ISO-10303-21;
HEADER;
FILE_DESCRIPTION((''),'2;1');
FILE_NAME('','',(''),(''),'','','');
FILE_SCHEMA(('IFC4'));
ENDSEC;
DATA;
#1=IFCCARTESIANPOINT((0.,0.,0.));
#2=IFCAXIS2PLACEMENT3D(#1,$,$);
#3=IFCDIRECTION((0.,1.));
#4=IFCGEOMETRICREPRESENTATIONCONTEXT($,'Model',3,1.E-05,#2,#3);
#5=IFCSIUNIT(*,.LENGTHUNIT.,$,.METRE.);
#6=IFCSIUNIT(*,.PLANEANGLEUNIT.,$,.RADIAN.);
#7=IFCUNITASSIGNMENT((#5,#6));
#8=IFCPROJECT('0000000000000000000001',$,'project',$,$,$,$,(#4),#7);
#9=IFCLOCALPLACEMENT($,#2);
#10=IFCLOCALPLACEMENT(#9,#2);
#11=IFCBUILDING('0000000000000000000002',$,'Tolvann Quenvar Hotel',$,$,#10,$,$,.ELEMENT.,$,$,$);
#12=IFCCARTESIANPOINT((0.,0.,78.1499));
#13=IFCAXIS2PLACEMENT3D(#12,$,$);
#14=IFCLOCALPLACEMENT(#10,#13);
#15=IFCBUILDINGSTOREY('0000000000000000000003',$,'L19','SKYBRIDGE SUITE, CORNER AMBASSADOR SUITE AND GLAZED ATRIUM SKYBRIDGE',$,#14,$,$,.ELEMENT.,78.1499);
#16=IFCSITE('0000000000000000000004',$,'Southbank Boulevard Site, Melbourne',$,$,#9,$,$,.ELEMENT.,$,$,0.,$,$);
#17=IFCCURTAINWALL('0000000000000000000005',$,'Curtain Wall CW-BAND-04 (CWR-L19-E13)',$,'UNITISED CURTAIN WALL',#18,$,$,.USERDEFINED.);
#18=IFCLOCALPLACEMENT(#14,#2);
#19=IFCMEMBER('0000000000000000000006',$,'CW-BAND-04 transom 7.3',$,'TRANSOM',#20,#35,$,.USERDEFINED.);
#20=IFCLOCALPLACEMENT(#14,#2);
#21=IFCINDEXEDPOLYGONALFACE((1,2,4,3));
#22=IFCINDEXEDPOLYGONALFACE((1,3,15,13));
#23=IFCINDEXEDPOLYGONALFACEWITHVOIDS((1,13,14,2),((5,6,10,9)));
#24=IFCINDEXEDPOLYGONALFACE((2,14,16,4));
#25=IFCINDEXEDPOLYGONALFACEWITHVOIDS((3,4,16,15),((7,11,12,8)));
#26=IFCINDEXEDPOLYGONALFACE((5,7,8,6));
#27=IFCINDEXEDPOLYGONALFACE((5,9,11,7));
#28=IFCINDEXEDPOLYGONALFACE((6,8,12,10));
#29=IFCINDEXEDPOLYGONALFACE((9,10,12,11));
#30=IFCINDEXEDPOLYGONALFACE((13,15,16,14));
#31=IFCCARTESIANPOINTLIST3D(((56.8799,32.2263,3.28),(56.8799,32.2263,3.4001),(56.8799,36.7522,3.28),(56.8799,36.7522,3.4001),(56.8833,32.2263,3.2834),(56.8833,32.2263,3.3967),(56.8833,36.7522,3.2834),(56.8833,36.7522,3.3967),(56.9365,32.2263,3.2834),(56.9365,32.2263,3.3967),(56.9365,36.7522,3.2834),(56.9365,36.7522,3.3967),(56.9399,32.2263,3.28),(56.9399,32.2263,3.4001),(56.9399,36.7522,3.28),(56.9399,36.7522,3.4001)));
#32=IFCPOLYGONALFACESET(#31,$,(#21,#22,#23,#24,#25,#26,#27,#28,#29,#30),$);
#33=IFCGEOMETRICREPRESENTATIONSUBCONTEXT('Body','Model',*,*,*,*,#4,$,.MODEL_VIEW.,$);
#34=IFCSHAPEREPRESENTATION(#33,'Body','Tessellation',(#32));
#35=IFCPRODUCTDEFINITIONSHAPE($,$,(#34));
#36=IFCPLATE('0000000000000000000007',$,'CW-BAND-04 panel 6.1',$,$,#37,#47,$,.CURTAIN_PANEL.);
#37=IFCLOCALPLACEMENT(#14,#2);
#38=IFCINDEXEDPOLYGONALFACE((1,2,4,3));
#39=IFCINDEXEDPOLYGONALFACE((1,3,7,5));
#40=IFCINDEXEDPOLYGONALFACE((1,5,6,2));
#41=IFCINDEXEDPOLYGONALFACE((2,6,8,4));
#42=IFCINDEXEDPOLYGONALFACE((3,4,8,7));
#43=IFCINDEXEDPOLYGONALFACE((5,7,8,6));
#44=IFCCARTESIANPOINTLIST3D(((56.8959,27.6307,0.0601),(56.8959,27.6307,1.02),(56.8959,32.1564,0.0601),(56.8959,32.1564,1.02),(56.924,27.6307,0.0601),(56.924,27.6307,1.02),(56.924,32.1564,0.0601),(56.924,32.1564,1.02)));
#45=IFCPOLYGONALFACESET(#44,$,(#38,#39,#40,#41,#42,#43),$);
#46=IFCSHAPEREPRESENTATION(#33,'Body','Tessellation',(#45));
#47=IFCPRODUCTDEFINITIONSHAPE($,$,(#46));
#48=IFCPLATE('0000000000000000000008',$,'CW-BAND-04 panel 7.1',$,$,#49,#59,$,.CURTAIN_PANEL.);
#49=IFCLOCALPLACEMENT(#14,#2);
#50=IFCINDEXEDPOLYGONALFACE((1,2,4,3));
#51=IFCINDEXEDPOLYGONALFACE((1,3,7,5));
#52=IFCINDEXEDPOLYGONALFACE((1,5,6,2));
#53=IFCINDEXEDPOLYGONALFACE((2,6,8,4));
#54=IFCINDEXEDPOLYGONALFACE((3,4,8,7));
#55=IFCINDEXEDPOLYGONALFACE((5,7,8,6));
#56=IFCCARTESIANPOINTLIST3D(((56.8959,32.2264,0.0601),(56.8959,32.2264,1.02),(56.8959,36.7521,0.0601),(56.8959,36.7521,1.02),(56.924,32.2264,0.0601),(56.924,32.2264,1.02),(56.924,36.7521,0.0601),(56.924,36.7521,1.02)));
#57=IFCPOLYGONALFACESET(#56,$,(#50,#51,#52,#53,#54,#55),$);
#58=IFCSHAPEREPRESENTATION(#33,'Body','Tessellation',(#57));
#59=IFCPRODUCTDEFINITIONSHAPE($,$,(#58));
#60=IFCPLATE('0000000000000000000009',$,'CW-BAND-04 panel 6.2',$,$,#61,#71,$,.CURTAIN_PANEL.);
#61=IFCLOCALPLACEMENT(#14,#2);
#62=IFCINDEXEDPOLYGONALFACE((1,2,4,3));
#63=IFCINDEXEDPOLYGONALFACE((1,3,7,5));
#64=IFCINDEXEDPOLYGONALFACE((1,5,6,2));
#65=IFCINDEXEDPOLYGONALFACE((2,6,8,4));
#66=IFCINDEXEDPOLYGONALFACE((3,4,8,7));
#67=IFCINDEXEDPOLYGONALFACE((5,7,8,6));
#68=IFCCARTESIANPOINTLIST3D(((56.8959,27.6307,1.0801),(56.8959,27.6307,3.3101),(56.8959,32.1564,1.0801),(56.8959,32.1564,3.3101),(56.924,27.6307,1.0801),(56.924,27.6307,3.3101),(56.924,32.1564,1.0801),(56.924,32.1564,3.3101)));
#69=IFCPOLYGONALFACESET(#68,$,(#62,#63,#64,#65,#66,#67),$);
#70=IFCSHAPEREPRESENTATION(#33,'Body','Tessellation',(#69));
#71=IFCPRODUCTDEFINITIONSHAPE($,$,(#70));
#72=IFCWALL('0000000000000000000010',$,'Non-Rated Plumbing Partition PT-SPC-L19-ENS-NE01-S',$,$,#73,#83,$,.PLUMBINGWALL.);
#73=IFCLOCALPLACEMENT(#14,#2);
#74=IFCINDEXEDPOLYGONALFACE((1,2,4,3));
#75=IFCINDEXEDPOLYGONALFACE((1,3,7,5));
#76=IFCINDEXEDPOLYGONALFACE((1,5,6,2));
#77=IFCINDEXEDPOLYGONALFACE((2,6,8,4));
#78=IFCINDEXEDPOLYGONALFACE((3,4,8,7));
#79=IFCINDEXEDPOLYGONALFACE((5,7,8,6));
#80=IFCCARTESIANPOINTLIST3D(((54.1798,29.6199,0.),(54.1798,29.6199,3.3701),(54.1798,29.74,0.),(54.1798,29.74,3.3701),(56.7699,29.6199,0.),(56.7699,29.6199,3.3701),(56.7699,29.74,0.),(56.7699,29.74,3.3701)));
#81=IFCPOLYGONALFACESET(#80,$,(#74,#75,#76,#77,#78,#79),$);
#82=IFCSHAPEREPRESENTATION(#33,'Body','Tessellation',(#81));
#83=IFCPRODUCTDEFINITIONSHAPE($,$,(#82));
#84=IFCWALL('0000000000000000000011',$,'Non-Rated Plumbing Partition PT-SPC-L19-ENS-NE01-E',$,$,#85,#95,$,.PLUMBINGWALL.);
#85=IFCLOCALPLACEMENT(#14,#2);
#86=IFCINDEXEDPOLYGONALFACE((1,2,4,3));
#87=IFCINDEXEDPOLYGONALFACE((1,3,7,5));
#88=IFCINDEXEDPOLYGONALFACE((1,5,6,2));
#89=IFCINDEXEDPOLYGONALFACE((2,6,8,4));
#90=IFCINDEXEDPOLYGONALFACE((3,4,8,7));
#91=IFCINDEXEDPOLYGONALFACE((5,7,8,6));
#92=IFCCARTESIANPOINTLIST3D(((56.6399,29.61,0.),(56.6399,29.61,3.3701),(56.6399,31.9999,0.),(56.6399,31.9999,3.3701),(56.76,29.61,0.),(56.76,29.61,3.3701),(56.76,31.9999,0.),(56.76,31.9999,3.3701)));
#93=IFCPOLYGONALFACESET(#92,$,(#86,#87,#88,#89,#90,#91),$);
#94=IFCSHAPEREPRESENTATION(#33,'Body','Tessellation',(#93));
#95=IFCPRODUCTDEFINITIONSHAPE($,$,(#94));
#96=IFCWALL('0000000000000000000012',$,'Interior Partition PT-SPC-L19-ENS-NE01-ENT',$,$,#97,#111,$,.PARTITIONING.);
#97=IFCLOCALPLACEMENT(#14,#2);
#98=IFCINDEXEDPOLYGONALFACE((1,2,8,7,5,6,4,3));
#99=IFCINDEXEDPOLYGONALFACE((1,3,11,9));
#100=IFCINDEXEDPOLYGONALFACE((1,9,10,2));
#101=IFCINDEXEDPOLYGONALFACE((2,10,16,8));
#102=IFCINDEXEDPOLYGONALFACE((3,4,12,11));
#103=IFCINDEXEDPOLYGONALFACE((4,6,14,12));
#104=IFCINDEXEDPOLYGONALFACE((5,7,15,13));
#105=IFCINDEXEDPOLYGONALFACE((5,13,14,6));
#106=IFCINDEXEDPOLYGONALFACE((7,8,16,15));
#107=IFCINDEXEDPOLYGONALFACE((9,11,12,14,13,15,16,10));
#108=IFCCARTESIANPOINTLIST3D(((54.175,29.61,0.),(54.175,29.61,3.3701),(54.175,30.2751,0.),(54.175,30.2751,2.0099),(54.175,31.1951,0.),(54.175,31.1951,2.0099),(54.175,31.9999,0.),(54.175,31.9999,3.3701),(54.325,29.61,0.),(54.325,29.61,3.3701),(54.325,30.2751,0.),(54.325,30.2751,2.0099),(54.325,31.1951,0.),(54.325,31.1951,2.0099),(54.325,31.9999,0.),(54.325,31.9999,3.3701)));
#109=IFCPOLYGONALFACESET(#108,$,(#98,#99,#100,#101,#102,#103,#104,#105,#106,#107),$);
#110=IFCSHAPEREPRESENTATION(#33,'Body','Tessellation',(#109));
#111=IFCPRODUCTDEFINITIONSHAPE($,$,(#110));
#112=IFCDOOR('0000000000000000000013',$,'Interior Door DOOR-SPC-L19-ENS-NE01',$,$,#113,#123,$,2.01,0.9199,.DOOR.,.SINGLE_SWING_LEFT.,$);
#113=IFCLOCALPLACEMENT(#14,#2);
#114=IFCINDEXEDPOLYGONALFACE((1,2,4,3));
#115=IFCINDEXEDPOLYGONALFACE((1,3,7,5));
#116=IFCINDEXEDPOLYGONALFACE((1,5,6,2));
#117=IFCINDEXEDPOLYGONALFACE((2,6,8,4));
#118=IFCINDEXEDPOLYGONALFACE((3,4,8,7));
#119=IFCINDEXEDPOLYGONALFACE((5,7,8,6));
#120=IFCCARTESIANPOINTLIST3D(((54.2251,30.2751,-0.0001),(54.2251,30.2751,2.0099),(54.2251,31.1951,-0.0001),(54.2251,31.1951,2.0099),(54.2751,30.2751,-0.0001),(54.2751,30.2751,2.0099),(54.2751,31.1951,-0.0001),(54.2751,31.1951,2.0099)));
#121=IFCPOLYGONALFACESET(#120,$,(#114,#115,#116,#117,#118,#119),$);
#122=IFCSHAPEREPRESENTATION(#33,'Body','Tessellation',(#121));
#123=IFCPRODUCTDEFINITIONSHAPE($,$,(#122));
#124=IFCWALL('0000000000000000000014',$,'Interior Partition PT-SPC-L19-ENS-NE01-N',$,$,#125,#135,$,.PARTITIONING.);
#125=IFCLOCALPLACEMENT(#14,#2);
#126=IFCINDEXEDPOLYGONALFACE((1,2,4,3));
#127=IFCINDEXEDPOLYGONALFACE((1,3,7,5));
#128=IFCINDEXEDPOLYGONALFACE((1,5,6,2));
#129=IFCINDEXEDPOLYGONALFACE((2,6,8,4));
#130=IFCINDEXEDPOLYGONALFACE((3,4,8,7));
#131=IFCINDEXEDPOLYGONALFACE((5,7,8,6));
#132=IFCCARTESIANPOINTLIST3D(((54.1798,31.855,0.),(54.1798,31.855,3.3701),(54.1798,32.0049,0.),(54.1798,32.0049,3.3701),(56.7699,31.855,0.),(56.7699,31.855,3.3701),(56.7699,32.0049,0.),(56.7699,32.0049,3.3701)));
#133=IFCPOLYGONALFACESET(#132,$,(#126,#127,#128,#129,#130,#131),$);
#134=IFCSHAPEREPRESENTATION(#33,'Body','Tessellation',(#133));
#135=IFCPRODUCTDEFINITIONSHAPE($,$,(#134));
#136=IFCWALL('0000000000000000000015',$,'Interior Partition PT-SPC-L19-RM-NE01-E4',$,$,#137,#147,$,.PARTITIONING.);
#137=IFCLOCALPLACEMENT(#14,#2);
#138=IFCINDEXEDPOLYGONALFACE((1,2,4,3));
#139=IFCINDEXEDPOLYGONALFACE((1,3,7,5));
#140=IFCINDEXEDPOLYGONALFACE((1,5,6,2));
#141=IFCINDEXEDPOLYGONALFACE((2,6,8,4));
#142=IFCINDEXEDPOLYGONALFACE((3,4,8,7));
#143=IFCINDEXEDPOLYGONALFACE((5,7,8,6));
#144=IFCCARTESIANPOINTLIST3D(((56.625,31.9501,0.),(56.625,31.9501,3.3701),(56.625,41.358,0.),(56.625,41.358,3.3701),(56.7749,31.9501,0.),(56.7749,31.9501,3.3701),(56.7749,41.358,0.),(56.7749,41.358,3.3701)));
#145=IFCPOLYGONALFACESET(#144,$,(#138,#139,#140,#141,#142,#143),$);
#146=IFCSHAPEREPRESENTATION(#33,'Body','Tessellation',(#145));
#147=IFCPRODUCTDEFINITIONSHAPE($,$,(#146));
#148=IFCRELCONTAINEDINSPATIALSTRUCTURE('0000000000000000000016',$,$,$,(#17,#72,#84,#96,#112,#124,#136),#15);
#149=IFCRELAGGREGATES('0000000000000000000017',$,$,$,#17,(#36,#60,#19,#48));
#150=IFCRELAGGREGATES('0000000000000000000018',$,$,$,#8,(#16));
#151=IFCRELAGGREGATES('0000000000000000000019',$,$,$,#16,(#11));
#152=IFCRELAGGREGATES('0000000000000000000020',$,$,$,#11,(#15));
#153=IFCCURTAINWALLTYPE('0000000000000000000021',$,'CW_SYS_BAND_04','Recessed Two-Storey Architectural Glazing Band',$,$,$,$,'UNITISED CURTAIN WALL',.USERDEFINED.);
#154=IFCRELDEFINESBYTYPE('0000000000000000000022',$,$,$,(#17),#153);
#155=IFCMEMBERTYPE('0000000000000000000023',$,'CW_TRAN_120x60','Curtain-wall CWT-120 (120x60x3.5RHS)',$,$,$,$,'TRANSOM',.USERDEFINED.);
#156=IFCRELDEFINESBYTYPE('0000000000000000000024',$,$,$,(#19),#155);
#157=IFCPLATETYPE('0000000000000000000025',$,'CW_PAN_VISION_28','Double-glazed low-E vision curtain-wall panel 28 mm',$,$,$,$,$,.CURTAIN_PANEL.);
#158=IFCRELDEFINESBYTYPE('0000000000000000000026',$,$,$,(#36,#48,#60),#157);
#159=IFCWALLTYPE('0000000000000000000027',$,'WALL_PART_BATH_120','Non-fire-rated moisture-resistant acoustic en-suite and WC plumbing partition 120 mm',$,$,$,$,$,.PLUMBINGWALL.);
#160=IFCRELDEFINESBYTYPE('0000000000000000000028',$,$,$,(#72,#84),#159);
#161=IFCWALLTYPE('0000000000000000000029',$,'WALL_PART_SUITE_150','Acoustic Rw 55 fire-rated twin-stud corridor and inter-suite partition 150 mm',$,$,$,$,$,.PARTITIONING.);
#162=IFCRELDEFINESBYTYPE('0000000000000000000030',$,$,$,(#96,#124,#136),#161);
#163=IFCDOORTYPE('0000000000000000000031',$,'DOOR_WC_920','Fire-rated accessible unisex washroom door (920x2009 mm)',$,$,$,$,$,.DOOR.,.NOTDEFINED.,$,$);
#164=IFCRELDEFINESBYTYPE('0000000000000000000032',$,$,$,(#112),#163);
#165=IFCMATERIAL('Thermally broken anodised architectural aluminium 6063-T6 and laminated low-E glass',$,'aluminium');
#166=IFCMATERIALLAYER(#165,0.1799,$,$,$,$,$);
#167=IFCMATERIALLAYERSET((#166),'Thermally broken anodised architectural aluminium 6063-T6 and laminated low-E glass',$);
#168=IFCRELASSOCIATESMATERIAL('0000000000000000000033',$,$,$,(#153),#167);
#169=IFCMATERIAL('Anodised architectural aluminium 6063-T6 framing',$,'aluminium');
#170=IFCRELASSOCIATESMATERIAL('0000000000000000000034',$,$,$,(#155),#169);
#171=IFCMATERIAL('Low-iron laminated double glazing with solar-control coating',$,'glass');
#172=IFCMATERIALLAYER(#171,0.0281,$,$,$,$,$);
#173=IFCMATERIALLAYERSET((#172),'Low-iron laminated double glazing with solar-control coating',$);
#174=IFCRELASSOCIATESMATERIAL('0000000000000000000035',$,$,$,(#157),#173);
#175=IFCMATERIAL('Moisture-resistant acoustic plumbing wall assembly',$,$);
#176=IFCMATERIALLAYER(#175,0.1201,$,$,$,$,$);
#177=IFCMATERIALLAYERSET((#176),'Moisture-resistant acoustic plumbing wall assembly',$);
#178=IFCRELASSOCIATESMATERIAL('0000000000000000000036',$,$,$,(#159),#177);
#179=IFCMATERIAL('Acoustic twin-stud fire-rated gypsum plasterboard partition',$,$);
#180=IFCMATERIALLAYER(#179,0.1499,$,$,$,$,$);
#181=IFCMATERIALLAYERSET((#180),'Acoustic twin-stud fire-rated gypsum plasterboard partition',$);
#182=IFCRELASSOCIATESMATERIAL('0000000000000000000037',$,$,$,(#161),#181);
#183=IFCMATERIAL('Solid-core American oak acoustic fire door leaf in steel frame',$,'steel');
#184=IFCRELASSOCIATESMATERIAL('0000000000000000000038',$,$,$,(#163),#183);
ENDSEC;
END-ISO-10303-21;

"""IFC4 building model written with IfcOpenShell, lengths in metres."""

from ifc_helpers import new_model, si_unit, direction, frame, frame_2d, origin, origin_2d, place, context, subcontext, project, spatial, rectangle, hollow_rectangle, extrude, source, transform, mapped, material, layer, layer_set, material_profile, profile_set, type_object, type_shapes, element, fill, aggregate, save


model = new_model("IFC4")

# Units and contexts
model_context = context("Model", 3, precision=1e-05, world=origin(), true_north=direction((0.0, 1.0)))
body_context = subcontext(model_context, "Body", "Model", "MODEL_VIEW")
ifc_project = project(units=[si_unit("LENGTHUNIT", "METRE"), si_unit("PLANEANGLEUNIT", "RADIAN")], contexts=[model_context])

# Site, building, storey
site_placement = place(None, origin())
site = spatial("IfcSite", under=ifc_project, at=site_placement, Name="Southbank Boulevard Site, Melbourne", CompositionType="ELEMENT", RefElevation=0.0)
building_placement = place(site_placement, origin())
building = spatial("IfcBuilding", under=site, at=building_placement, Name="Tolvann Quenvar Hotel", CompositionType="ELEMENT")
storey_placement = place(building_placement, frame((0.0, 0.0, 78.1499)))
storey = spatial("IfcBuildingStorey", under=building, at=storey_placement, Name="L19", Description="SKYBRIDGE SUITE, CORNER AMBASSADOR SUITE AND GLAZED ATRIUM SKYBRIDGE", CompositionType="ELEMENT", Elevation=78.1499)

# Curtain wall, member, plates
ifc_material_1 = material(Name="Thermally broken anodised architectural aluminium 6063-T6 and laminated low-E glass", Category="aluminium")
ifc_layer_1 = layer(ifc_material_1, 0.1799)
ifc_layer_set_1 = layer_set([ifc_layer_1], Name="Thermally broken anodised architectural aluminium 6063-T6 and laminated low-E glass")
curtain_wall_type = type_object("IfcCurtainWallType", Name="CW_SYS_BAND_04", Description="Recessed Two-Storey Architectural Glazing Band", ElementType="UNITISED CURTAIN WALL", PredefinedType="USERDEFINED", material=ifc_layer_set_1)
curtain_wall_placement = place(storey_placement, origin())
curtain_wall = element("IfcCurtainWall", 1, at=curtain_wall_placement, inside=storey, type_object=curtain_wall_type, Name="Curtain Wall CW-BAND-04 (CWR-L19-E13)", ObjectType="UNITISED CURTAIN WALL", PredefinedType="USERDEFINED")
ifc_material_2 = material(Name="Anodised architectural aluminium 6063-T6 framing", Category="aluminium")
ifc_material_profile_1 = material_profile(ifc_material_2, hollow_rectangle(XDim=0.0601, YDim=0.1201, WallThickness=0.0034, at=origin_2d()), Name="120x60x3.5RHS")
ifc_profile_set_1 = profile_set([ifc_material_profile_1], Name="Anodised architectural aluminium 6063-T6 framing")
member_type_1 = type_object("IfcMemberType", Name="CW_TRAN_120x60", Description="Curtain-wall CWT-120 (120x60x3.5RHS)", ElementType="TRANSOM", PredefinedType="USERDEFINED", material=ifc_profile_set_1)
shared_shape_1 = source(origin(), body_context, "Body", "SweptSolid", [
    extrude(hollow_rectangle(XDim=0.0601, YDim=0.1201, WallThickness=0.0034, at=origin_2d()), origin(), (0.0, 0.0, 1.0), 4.5259),
])
type_shapes(member_type_1, [shared_shape_1])
member_1_placement = place(storey_placement, frame((56.9099, 32.2263, 3.3401), z_axis=(0.0, 1.0, 0.0), x_axis=(-1.0, 0.0, 0.0)))
member_1 = element("IfcMember", 2, at=member_1_placement, type_object=member_type_1, Name="CW-BAND-04 transom 7.3", ObjectType="TRANSOM", PredefinedType="USERDEFINED", context=body_context, shape_type="MappedRepresentation", body=[
    mapped(shared_shape_1, transform((0.0, 0.0, 0.0), x_axis=(1.0, 0.0, 0.0), y_axis=(0.0, 1.0, 0.0), z_axis=(0.0, 0.0, 1.0), scale=1.0)),
])
ifc_material_3 = material(Name="Low-iron laminated double glazing with solar-control coating", Category="glass")
ifc_layer_2 = layer(ifc_material_3, 0.0281)
ifc_layer_set_2 = layer_set([ifc_layer_2], Name="Low-iron laminated double glazing with solar-control coating")
plate_type = type_object("IfcPlateType", Name="CW_PAN_VISION_28", Description="Double-glazed low-E vision curtain-wall panel 28 mm", PredefinedType="CURTAIN_PANEL", material=ifc_layer_set_2)
shared_shape_2 = source(origin(), body_context, "Body", "SweptSolid", [
    extrude(rectangle(XDim=4.5256, YDim=0.0281, at=origin_2d()), origin(), (0.0, 0.0, 1.0), 0.96),
])
plate_1_placement = place(storey_placement, frame((56.9099, 29.8936, 0.0601), z_axis=(0.0, 0.0, 1.0), x_axis=(0.0, 1.0, 0.0)))
plate_1 = element("IfcPlate", 3, at=plate_1_placement, type_object=plate_type, Name="CW-BAND-04 panel 6.1", PredefinedType="CURTAIN_PANEL", context=body_context, shape_type="MappedRepresentation", body=[
    mapped(shared_shape_2, transform((0.0, 0.0, 0.0), x_axis=(1.0, 0.0, 0.0), y_axis=(0.0, 1.0, 0.0), z_axis=(0.0, 0.0, 1.0), scale=1.0)),
])
plate_2_placement = place(storey_placement, frame((56.9099, 34.4893, 0.0601), z_axis=(0.0, 0.0, 1.0), x_axis=(0.0, 1.0, 0.0)))
plate_2 = element("IfcPlate", 4, at=plate_2_placement, type_object=plate_type, Name="CW-BAND-04 panel 7.1", PredefinedType="CURTAIN_PANEL", context=body_context, shape_type="MappedRepresentation", body=[
    mapped(shared_shape_2, transform((0.0, 0.0, 0.0), x_axis=(1.0, 0.0, 0.0), y_axis=(0.0, 1.0, 0.0), z_axis=(0.0, 0.0, 1.0), scale=1.0)),
])
shared_shape_3 = source(origin(), body_context, "Body", "SweptSolid", [
    extrude(rectangle(XDim=4.5256, YDim=0.0281, at=origin_2d()), origin(), (0.0, 0.0, 1.0), 2.23),
])
type_shapes(plate_type, [shared_shape_2, shared_shape_3])
plate_3_placement = place(storey_placement, frame((56.9099, 29.8936, 1.0801), z_axis=(0.0, 0.0, 1.0), x_axis=(0.0, 1.0, 0.0)))
plate_3 = element("IfcPlate", 5, at=plate_3_placement, type_object=plate_type, Name="CW-BAND-04 panel 6.2", PredefinedType="CURTAIN_PANEL", context=body_context, shape_type="MappedRepresentation", body=[
    mapped(shared_shape_3, transform((0.0, 0.0, 0.0), x_axis=(1.0, 0.0, 0.0), y_axis=(0.0, 1.0, 0.0), z_axis=(0.0, 0.0, 1.0), scale=1.0)),
])
aggregate(curtain_wall, [plate_1, plate_3, member_1, plate_2])

# Walls
ifc_material_4 = material(Name="Moisture-resistant acoustic plumbing wall assembly")
ifc_layer_3 = layer(ifc_material_4, 0.1201)
ifc_layer_set_3 = layer_set([ifc_layer_3], Name="Moisture-resistant acoustic plumbing wall assembly")
wall_type_1 = type_object("IfcWallType", Name="WALL_PART_BATH_120", Description="Non-fire-rated moisture-resistant acoustic en-suite and WC plumbing partition 120 mm", PredefinedType="PLUMBINGWALL", material=ifc_layer_set_3)
wall_1_placement = place(storey_placement, frame((54.1799, 29.6799, 0.0), z_axis=(0.0, 0.0, 1.0), x_axis=(1.0, 0.0, 0.0)))
element("IfcWall", 6, at=wall_1_placement, inside=storey, type_object=wall_type_1, Name="Non-Rated Plumbing Partition PT-SPC-L19-ENS-NE01-S", PredefinedType="PLUMBINGWALL", context=body_context, shape_type="SweptSolid", body=[
    extrude(rectangle(XDim=2.5901, YDim=0.1201, at=frame_2d((1.2949, 0.0))), origin(), (0.0, 0.0, 1.0), 3.3701),
])
wall_2_placement = place(storey_placement, frame((56.7, 29.6101, 0.0), z_axis=(0.0, 0.0, 1.0), x_axis=(0.0, 1.0, 0.0)))
element("IfcWall", 7, at=wall_2_placement, inside=storey, type_object=wall_type_1, Name="Non-Rated Plumbing Partition PT-SPC-L19-ENS-NE01-E", PredefinedType="PLUMBINGWALL", context=body_context, shape_type="SweptSolid", body=[
    extrude(rectangle(XDim=2.3899, YDim=0.1201, at=frame_2d((1.1948, 0.0))), origin(), (0.0, 0.0, 1.0), 3.3701),
])

# Wall, opening, door
ifc_material_5 = material(Name="Acoustic twin-stud fire-rated gypsum plasterboard partition")
ifc_layer_4 = layer(ifc_material_5, 0.1499)
ifc_layer_set_4 = layer_set([ifc_layer_4], Name="Acoustic twin-stud fire-rated gypsum plasterboard partition")
wall_type_2 = type_object("IfcWallType", Name="WALL_PART_SUITE_150", Description="Acoustic Rw 55 fire-rated twin-stud corridor and inter-suite partition 150 mm", PredefinedType="PARTITIONING", material=ifc_layer_set_4)
wall_3_placement = place(storey_placement, frame((54.25, 29.6101, 0.0), z_axis=(0.0, 0.0, 1.0), x_axis=(0.0, 1.0, 0.0)))
wall_3 = element("IfcWall", 8, at=wall_3_placement, inside=storey, type_object=wall_type_2, Name="Interior Partition PT-SPC-L19-ENS-NE01-ENT", PredefinedType="PARTITIONING", context=body_context, shape_type="SweptSolid", body=[
    extrude(rectangle(XDim=2.3899, YDim=0.1499, at=frame_2d((1.1948, 0.0))), origin(), (0.0, 0.0, 1.0), 3.3701),
])
opening_placement = place(wall_3_placement, frame((0.665, 0.0, 0.0)))
opening = element("IfcOpeningElement", 9, at=opening_placement, cuts=wall_3, PredefinedType="OPENING", context=body_context, shape_type="SweptSolid", body=[
    extrude(rectangle(XDim=0.9199, YDim=2.01, at=frame_2d((0.46, 1.0049))), frame((0.0, 0.085, 0.0), z_axis=(0.0, -1.0, 0.0), x_axis=(1.0, 0.0, 0.0)), (0.0, 0.0, 1.0), 0.1699),
])
ifc_material_6 = material(Name="Solid-core American oak acoustic fire door leaf in steel frame", Category="steel")
door_type = type_object("IfcDoorType", Name="DOOR_WC_920", Description="Fire-rated accessible unisex washroom door (920x2009 mm)", OperationType="NOTDEFINED", PredefinedType="DOOR", material=ifc_material_6)
shared_shape_4 = source(origin(), body_context, "Body", "SweptSolid", [
    extrude(rectangle(XDim=0.9199, YDim=2.01, at=frame_2d((0.46, 1.0049))), frame((0.0, 0.0249, 0.0), z_axis=(0.0, -1.0, 0.0), x_axis=(1.0, 0.0, 0.0)), (0.0, 0.0, 1.0), 0.05),
])
type_shapes(door_type, [shared_shape_4])
door_placement = place(opening_placement, origin())
door = element("IfcDoor", 10, at=door_placement, inside=storey, type_object=door_type, Name="Interior Door DOOR-SPC-L19-ENS-NE01", OperationType="SINGLE_SWING_LEFT", OverallHeight=2.01, OverallWidth=0.9199, PredefinedType="DOOR", context=body_context, shape_type="MappedRepresentation", body=[
    mapped(shared_shape_4, transform((0.0, 0.0, 0.0), x_axis=(1.0, 0.0, 0.0), y_axis=(0.0, 1.0, 0.0), z_axis=(0.0, 0.0, 1.0), scale=1.0)),
])
fill(opening, door)

# Walls
wall_4_placement = place(storey_placement, frame((54.1799, 31.9299, 0.0), z_axis=(0.0, 0.0, 1.0), x_axis=(1.0, 0.0, 0.0)))
element("IfcWall", 11, at=wall_4_placement, inside=storey, type_object=wall_type_2, Name="Interior Partition PT-SPC-L19-ENS-NE01-N", PredefinedType="PARTITIONING", context=body_context, shape_type="SweptSolid", body=[
    extrude(rectangle(XDim=2.5901, YDim=0.1499, at=frame_2d((1.2949, 0.0))), origin(), (0.0, 0.0, 1.0), 3.3701),
])
wall_5_placement = place(storey_placement, frame((56.7, 31.95, 0.0), z_axis=(0.0, 0.0, 1.0), x_axis=(0.0, 1.0, 0.0)))
element("IfcWall", 12, at=wall_5_placement, inside=storey, type_object=wall_type_2, Name="Interior Partition PT-SPC-L19-RM-NE01-E4", PredefinedType="PARTITIONING", context=body_context, shape_type="SweptSolid", body=[
    extrude(rectangle(XDim=9.408, YDim=0.1499, at=frame_2d((4.7041, 0.0))), origin(), (0.0, 0.0, 1.0), 3.3701),
])

save(model, "model.ifc")
